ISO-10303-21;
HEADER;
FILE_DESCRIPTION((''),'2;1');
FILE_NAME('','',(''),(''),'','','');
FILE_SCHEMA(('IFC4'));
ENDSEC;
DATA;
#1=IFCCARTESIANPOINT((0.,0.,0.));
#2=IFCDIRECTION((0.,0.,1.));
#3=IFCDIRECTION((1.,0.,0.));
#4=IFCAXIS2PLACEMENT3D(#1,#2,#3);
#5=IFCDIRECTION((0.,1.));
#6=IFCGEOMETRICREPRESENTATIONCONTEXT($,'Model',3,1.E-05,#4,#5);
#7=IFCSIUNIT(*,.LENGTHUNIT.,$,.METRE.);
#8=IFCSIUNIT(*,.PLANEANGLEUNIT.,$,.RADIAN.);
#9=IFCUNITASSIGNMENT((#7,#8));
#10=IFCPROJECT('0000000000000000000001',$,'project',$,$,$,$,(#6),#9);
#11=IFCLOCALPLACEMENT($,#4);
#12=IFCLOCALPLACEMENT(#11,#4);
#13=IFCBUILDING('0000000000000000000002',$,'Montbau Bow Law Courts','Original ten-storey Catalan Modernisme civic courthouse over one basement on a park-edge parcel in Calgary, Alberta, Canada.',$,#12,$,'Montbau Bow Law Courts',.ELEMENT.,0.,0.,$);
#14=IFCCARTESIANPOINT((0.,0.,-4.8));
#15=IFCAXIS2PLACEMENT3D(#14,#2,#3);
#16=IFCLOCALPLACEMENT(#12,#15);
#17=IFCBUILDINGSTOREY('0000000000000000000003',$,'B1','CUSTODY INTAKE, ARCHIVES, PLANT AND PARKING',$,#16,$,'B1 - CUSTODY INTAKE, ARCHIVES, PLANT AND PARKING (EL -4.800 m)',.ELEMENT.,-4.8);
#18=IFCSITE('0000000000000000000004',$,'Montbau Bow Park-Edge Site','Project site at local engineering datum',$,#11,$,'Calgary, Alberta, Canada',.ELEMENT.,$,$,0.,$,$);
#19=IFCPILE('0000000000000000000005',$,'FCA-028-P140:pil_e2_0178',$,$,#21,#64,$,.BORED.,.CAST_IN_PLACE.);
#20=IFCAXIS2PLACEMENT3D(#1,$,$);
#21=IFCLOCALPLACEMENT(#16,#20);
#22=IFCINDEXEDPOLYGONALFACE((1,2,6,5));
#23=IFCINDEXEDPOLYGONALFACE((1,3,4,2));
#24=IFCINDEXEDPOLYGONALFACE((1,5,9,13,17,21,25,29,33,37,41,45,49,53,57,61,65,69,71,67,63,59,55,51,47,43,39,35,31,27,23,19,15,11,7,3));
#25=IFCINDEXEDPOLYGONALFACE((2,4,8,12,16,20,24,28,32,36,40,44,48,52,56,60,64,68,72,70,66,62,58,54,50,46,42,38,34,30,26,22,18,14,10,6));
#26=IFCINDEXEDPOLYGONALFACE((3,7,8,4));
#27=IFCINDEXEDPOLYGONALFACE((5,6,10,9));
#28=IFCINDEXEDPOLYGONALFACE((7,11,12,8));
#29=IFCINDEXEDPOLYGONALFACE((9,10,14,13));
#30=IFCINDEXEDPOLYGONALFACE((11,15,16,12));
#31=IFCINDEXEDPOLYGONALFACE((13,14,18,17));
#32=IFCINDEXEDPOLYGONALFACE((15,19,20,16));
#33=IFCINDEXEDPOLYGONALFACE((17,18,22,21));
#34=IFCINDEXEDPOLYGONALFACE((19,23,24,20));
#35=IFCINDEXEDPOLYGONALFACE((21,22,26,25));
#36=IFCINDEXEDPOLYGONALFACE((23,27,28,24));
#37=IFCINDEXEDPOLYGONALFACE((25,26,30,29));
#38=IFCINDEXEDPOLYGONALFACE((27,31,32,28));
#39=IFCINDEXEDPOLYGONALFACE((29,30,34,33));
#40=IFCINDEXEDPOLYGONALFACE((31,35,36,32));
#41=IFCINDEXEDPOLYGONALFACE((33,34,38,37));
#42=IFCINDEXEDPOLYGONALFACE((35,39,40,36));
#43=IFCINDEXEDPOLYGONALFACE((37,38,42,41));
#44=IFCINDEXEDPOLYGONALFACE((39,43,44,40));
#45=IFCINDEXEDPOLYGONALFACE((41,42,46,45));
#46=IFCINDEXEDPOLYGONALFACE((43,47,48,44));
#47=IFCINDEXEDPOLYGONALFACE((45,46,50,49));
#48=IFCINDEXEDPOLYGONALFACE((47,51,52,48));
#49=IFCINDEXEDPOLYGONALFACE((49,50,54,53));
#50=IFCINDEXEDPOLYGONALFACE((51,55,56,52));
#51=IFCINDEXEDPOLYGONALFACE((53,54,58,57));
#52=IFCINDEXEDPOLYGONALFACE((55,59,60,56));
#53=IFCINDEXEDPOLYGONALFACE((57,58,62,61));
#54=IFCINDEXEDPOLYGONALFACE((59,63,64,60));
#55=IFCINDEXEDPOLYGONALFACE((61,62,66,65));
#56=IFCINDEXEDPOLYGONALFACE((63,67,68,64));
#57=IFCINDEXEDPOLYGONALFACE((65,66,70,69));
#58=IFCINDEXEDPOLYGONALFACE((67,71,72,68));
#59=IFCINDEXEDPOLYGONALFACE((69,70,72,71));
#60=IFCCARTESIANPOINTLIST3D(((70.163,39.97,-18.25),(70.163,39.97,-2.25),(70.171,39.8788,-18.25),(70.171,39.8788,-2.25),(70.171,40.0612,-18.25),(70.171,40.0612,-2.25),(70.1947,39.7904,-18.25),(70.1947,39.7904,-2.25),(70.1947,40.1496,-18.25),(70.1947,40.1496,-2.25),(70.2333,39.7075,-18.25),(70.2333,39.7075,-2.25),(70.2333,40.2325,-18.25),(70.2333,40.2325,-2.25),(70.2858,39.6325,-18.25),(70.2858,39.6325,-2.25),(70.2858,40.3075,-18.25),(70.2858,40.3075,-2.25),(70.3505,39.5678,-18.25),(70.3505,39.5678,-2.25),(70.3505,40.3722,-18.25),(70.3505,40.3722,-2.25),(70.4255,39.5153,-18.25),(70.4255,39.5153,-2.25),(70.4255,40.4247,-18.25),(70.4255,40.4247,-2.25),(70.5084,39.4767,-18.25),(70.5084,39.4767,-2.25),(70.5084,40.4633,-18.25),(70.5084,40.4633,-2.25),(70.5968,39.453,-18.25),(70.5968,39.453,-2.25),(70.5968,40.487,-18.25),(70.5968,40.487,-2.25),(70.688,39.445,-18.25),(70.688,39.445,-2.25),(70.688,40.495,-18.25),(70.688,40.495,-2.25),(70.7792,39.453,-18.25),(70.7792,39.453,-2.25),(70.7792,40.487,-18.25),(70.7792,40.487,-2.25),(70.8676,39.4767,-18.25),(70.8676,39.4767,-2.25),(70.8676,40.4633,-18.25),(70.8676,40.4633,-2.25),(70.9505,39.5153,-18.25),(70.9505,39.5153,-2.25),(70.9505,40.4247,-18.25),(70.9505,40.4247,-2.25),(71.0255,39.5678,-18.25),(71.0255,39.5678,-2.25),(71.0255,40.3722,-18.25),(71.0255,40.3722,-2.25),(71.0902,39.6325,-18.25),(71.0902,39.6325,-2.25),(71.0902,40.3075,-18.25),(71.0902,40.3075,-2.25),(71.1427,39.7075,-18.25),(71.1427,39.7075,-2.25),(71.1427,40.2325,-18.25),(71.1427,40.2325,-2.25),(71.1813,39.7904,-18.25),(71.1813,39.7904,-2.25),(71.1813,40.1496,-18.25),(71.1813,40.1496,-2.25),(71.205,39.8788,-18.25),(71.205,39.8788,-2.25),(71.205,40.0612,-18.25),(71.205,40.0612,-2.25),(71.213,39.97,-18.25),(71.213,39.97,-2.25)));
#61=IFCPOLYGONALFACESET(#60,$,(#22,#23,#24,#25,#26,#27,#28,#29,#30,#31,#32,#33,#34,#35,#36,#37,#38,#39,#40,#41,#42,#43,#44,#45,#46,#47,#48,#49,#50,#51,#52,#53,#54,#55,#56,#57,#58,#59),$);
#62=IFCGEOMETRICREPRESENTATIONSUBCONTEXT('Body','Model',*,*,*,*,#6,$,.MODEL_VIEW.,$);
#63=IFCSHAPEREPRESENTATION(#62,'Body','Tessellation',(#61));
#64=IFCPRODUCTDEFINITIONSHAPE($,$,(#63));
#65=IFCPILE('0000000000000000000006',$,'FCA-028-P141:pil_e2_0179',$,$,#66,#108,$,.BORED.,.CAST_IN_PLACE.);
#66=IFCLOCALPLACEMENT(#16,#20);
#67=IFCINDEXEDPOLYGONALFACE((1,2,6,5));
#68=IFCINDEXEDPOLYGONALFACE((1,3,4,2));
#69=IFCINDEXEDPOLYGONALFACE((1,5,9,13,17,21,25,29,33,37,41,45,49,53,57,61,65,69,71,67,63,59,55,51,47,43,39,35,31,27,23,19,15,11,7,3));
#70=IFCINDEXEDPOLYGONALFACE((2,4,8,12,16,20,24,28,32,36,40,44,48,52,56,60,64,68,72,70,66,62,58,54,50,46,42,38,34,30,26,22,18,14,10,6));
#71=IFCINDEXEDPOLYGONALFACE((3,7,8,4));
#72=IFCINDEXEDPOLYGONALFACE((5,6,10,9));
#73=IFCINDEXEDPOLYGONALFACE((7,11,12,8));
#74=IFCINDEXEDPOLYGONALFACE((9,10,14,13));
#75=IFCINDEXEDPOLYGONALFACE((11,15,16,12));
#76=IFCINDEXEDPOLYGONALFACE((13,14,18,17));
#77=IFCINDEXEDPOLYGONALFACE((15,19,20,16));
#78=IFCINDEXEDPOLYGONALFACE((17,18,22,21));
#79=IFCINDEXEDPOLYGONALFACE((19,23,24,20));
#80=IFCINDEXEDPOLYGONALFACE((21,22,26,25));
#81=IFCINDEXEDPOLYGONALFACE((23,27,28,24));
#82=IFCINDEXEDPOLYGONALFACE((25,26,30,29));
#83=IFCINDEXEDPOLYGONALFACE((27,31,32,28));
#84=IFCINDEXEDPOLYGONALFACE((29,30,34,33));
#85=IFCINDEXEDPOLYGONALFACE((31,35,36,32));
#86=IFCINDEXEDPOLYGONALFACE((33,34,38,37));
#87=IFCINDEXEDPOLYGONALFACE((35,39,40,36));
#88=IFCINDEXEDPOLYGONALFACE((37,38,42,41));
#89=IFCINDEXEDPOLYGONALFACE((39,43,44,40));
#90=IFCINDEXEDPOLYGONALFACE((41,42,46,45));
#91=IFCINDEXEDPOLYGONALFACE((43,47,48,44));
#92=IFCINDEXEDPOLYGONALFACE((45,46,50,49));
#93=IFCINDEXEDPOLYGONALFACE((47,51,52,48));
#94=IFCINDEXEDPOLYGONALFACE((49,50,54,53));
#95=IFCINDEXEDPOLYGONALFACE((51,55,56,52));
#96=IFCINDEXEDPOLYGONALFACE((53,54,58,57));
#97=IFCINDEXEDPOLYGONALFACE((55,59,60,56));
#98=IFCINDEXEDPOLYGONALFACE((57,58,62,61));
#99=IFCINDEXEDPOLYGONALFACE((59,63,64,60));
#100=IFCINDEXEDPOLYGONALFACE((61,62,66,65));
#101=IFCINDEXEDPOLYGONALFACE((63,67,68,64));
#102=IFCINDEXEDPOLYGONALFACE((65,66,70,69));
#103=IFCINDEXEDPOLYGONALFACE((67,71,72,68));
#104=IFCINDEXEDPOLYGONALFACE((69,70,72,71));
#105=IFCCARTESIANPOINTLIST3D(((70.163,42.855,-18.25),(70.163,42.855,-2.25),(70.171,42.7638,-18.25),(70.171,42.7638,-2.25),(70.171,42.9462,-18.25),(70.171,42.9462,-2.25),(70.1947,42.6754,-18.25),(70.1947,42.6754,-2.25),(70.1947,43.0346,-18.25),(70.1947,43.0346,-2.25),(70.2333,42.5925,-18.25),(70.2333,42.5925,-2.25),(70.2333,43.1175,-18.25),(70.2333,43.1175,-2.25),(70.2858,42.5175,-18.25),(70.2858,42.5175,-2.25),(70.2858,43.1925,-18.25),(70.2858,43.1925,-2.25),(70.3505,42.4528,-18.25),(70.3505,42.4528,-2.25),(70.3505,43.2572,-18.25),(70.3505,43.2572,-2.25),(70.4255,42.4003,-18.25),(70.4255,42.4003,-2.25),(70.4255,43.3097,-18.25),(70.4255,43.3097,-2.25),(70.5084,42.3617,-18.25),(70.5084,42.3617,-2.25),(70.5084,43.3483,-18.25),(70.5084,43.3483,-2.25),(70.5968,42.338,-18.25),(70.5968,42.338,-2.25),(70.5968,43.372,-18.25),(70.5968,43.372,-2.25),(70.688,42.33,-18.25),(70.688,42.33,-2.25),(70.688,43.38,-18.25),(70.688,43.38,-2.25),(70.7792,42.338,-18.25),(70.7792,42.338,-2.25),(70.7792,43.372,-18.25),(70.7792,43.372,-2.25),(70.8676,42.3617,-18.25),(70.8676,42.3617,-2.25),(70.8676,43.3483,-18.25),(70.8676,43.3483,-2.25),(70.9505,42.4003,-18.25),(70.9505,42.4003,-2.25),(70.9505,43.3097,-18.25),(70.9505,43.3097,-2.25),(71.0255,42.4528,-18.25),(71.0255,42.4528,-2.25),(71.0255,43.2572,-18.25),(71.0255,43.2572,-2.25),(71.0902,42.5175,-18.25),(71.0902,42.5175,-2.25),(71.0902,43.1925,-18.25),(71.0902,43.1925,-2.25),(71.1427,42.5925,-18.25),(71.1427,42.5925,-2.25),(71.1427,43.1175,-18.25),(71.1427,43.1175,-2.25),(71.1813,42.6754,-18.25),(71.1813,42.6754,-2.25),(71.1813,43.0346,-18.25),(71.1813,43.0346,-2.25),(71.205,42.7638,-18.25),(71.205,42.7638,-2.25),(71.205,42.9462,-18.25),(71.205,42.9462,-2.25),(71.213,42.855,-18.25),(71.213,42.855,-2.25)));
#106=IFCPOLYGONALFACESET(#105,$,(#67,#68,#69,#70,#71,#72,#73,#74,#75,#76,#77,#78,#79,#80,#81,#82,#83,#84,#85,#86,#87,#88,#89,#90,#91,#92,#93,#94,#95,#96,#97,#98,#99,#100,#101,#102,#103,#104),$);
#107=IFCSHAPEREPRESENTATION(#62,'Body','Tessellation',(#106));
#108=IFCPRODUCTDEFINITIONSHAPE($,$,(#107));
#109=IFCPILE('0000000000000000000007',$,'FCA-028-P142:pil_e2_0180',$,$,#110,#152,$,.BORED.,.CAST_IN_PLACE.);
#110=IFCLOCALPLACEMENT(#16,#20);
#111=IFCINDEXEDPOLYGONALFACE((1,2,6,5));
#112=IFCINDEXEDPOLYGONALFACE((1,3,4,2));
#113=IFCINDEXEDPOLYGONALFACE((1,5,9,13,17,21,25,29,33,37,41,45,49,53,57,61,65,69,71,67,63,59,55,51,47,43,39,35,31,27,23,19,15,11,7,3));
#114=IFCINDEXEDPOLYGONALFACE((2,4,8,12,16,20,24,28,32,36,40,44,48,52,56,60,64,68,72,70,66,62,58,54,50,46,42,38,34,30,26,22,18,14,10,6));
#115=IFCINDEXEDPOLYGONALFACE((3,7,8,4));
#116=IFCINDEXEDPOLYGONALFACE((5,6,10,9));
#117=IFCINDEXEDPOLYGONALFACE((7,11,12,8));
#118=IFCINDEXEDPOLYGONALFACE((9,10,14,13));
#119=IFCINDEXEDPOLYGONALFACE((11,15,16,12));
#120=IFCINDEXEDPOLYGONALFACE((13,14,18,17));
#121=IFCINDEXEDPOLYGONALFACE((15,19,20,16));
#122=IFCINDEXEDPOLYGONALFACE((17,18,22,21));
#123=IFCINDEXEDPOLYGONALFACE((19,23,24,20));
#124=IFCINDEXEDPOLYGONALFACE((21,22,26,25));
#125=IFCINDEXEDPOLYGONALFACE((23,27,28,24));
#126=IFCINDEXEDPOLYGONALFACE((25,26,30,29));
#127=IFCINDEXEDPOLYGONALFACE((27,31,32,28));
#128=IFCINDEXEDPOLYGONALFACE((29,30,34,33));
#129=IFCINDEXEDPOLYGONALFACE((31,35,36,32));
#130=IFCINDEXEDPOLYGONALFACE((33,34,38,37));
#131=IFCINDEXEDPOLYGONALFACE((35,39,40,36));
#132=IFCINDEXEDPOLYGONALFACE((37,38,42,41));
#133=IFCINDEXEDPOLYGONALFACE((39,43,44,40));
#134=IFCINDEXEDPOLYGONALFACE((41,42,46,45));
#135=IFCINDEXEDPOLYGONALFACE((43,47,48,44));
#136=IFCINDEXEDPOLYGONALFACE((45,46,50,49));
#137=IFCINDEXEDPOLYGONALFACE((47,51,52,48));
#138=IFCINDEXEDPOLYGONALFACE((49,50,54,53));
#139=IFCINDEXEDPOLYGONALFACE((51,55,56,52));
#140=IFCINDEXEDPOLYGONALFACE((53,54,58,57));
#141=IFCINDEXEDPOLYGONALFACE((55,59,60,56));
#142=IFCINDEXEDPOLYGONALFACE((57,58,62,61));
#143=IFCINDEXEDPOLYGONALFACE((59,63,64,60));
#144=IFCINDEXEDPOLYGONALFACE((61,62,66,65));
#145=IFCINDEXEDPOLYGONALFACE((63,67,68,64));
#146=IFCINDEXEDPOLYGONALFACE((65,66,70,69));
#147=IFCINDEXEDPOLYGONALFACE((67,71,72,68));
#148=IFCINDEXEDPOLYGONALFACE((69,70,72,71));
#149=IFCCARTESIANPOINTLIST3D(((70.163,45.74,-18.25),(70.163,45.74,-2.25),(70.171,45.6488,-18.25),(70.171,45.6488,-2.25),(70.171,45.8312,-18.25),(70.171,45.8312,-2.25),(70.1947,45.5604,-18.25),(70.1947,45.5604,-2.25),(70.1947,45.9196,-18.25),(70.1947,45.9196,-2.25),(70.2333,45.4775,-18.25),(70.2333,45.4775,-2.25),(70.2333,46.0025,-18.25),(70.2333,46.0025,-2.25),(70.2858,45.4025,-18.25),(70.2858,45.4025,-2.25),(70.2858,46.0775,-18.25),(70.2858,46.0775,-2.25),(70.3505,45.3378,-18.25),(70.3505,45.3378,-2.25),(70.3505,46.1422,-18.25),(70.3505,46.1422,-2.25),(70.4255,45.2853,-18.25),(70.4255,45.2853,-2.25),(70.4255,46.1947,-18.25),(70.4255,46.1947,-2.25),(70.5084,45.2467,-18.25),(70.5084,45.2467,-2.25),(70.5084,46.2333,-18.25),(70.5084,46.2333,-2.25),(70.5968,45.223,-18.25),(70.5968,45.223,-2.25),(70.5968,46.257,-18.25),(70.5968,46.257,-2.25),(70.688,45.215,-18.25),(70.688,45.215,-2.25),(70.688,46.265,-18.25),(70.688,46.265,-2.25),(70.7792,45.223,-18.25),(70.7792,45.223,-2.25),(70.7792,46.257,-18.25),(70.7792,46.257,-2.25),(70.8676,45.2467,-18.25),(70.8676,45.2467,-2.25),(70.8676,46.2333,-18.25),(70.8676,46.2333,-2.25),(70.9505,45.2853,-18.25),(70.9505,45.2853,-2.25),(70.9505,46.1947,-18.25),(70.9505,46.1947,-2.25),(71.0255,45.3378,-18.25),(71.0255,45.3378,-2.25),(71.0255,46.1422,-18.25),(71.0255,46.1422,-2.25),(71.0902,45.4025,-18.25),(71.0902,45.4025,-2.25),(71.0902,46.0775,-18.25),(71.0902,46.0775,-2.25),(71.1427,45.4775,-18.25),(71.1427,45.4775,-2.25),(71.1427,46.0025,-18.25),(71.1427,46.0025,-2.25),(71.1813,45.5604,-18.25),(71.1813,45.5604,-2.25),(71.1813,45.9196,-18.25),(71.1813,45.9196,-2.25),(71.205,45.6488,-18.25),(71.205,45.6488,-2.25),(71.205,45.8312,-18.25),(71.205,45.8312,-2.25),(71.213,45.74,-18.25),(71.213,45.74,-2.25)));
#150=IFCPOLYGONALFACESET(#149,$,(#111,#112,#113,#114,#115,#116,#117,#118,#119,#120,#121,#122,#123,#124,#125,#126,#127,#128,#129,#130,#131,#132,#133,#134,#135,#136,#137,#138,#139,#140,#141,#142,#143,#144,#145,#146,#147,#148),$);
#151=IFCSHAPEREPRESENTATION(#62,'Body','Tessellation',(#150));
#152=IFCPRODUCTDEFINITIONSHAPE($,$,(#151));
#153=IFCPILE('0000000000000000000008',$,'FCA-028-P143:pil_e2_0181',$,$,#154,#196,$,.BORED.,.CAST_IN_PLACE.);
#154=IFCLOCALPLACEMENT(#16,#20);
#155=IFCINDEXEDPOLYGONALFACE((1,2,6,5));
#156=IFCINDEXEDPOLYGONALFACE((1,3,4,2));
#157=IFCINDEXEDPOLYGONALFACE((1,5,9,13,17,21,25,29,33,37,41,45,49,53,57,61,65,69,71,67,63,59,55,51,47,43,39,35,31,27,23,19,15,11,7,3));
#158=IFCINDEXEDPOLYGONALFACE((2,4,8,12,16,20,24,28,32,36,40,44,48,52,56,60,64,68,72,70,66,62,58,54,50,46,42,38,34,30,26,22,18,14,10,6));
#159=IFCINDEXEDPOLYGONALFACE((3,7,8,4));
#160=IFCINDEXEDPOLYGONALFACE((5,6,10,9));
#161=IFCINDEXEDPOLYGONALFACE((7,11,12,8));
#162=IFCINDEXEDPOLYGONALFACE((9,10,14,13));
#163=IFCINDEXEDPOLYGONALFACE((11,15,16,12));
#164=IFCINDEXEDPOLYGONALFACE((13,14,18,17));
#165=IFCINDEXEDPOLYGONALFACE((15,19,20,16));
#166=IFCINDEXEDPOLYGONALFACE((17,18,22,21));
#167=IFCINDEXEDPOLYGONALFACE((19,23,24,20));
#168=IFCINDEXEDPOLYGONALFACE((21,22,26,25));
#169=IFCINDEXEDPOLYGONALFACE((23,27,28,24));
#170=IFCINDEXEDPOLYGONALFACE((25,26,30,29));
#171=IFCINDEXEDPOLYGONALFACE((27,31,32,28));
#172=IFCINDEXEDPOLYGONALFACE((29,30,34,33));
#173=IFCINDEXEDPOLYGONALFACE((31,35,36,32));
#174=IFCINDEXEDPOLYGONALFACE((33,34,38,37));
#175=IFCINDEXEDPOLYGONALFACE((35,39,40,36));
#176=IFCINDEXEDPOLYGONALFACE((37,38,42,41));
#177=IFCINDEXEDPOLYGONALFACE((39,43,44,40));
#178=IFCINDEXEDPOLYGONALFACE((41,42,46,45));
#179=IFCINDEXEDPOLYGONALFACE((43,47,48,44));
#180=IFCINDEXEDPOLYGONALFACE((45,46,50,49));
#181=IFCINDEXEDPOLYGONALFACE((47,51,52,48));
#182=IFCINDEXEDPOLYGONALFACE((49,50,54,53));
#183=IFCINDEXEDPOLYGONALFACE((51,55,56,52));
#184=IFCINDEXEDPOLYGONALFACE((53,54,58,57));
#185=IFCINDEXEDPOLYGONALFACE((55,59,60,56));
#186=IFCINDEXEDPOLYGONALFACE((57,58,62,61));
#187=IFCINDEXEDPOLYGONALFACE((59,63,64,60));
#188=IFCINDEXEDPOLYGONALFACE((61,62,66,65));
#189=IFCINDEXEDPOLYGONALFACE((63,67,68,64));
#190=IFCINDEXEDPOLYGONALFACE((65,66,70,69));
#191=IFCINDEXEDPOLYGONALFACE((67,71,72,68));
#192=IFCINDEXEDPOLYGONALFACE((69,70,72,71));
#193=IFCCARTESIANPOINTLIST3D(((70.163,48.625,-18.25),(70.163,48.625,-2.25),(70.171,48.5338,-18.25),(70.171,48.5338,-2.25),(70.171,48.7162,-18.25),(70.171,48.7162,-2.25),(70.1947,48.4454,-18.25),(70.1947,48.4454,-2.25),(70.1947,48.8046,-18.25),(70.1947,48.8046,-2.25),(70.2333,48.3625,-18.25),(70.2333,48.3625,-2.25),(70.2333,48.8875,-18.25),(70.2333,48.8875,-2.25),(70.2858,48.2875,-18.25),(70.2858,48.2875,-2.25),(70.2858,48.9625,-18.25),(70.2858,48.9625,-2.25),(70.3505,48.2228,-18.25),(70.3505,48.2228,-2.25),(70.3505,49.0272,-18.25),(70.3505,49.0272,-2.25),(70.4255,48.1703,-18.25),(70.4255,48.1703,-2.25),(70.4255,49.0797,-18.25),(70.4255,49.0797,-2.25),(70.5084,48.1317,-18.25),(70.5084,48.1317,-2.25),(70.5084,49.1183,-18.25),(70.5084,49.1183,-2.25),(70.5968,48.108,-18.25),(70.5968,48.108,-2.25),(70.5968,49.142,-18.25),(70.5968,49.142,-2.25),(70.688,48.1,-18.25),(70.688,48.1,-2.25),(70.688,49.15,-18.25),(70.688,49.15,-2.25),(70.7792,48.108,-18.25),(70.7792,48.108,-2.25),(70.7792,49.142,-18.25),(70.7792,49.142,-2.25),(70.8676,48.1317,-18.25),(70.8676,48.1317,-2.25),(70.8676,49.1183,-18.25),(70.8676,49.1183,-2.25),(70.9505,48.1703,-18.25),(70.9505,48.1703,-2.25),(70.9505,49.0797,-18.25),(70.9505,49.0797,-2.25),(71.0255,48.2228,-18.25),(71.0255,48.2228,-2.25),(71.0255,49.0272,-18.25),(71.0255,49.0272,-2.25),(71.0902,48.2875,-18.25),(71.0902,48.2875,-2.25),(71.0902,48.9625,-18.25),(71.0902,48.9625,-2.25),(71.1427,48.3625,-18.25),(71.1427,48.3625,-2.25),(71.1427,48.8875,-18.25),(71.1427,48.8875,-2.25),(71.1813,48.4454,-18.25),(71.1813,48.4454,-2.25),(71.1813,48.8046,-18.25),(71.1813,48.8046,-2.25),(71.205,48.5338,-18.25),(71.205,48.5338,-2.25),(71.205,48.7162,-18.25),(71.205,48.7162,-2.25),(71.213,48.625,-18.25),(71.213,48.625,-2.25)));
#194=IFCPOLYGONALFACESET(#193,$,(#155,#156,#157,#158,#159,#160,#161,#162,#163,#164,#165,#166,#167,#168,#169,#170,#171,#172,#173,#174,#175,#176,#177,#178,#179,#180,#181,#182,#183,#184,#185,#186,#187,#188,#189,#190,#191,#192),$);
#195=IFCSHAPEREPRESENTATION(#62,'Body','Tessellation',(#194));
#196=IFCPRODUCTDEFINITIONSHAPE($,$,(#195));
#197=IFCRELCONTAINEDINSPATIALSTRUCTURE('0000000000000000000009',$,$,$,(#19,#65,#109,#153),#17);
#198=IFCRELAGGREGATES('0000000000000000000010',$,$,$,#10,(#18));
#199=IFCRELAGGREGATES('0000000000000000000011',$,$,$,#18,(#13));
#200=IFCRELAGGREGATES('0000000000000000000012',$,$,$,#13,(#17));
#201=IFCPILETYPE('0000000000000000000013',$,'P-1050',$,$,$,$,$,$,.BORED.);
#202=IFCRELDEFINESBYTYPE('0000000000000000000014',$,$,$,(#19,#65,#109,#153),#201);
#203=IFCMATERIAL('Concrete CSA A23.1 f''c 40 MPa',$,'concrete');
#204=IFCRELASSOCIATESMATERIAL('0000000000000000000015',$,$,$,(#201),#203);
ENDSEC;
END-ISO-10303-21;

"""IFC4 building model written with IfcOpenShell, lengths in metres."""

from ifc_helpers import new_model, si_unit, direction, frame, origin_with_axes, origin_2d_with_axis, place, context, subcontext, project, spatial, circle, extrude, material, material_profile, profile_set, type_object, element, save


model = new_model("IFC4")

# Units and contexts
model_context = context("Model", 3, precision=1e-05, world=origin_with_axes(), true_north=direction((0.0, 1.0)))
body_context = subcontext(model_context, "Body", "Model", "MODEL_VIEW")
ifc_project = project(units=[si_unit("LENGTHUNIT", "METRE"), si_unit("PLANEANGLEUNIT", "RADIAN")], contexts=[model_context])

# Site, building, storey
site_placement = place(None, origin_with_axes())
site = spatial("IfcSite", under=ifc_project, at=site_placement, Name="Montbau Bow Park-Edge Site", Description="Project site at local engineering datum", LongName="Calgary, Alberta, Canada", CompositionType="ELEMENT", RefElevation=0.0)
building_placement = place(site_placement, origin_with_axes())
building = spatial("IfcBuilding", under=site, at=building_placement, Name="Montbau Bow Law Courts", Description="Original ten-storey Catalan Modernisme civic courthouse over one basement on a park-edge parcel in Calgary, Alberta, Canada.", LongName="Montbau Bow Law Courts", CompositionType="ELEMENT", ElevationOfRefHeight=0.0, ElevationOfTerrain=0.0)
storey_placement = place(building_placement, frame((0.0, 0.0, -4.8), z_axis=(0.0, 0.0, 1.0), x_axis=(1.0, 0.0, 0.0)))
storey = spatial("IfcBuildingStorey", under=building, at=storey_placement, Name="B1", Description="CUSTODY INTAKE, ARCHIVES, PLANT AND PARKING", LongName="B1 - CUSTODY INTAKE, ARCHIVES, PLANT AND PARKING (EL -4.800 m)", CompositionType="ELEMENT", Elevation=-4.8)

# Piles
ifc_material_1 = material(Name="Concrete CSA A23.1 f'c 40 MPa", Category="concrete")
ifc_material_profile_1 = material_profile(ifc_material_1, circle(Radius=0.525, at=origin_2d_with_axis()), Name="BP1050", Category="Main", Priority=0)
ifc_profile_set_1 = profile_set([ifc_material_profile_1], Name="Concrete CSA A23.1 f'c 40 MPa")
pile_type = type_object("IfcPileType", Name="P-1050", PredefinedType="BORED", material=ifc_profile_set_1)
for number, where, z_axis, x_axis, name in (
    (1, (70.688, 39.97, -23.05), (0.0, 0.0, 1.0), (1.0, 0.0, 0.0), "FCA-028-P140:pil_e2_0178"),
    (2, (70.688, 42.855, -23.05), (0.0, 0.0, 1.0), (1.0, 0.0, 0.0), "FCA-028-P141:pil_e2_0179"),
    (3, (70.688, 45.74, -23.05), (0.0, 0.0, 1.0), (1.0, 0.0, 0.0), "FCA-028-P142:pil_e2_0180"),
    (4, (70.688, 48.625, -23.05), (0.0, 0.0, 1.0), (1.0, 0.0, 0.0), "FCA-028-P143:pil_e2_0181"),
):
    element("IfcPile", number, at=place(None, frame(where, z_axis=z_axis, x_axis=x_axis)), inside=storey, type_object=pile_type, Name=name, ConstructionType="CAST_IN_PLACE", PredefinedType="BORED", context=body_context, shape_type="SweptSolid", body=[
        extrude(circle(Radius=0.525, at=origin_2d_with_axis()), origin_with_axes(), (0.0, 0.0, 1.0), 16.0),
    ])

save(model, "model.ifc")
